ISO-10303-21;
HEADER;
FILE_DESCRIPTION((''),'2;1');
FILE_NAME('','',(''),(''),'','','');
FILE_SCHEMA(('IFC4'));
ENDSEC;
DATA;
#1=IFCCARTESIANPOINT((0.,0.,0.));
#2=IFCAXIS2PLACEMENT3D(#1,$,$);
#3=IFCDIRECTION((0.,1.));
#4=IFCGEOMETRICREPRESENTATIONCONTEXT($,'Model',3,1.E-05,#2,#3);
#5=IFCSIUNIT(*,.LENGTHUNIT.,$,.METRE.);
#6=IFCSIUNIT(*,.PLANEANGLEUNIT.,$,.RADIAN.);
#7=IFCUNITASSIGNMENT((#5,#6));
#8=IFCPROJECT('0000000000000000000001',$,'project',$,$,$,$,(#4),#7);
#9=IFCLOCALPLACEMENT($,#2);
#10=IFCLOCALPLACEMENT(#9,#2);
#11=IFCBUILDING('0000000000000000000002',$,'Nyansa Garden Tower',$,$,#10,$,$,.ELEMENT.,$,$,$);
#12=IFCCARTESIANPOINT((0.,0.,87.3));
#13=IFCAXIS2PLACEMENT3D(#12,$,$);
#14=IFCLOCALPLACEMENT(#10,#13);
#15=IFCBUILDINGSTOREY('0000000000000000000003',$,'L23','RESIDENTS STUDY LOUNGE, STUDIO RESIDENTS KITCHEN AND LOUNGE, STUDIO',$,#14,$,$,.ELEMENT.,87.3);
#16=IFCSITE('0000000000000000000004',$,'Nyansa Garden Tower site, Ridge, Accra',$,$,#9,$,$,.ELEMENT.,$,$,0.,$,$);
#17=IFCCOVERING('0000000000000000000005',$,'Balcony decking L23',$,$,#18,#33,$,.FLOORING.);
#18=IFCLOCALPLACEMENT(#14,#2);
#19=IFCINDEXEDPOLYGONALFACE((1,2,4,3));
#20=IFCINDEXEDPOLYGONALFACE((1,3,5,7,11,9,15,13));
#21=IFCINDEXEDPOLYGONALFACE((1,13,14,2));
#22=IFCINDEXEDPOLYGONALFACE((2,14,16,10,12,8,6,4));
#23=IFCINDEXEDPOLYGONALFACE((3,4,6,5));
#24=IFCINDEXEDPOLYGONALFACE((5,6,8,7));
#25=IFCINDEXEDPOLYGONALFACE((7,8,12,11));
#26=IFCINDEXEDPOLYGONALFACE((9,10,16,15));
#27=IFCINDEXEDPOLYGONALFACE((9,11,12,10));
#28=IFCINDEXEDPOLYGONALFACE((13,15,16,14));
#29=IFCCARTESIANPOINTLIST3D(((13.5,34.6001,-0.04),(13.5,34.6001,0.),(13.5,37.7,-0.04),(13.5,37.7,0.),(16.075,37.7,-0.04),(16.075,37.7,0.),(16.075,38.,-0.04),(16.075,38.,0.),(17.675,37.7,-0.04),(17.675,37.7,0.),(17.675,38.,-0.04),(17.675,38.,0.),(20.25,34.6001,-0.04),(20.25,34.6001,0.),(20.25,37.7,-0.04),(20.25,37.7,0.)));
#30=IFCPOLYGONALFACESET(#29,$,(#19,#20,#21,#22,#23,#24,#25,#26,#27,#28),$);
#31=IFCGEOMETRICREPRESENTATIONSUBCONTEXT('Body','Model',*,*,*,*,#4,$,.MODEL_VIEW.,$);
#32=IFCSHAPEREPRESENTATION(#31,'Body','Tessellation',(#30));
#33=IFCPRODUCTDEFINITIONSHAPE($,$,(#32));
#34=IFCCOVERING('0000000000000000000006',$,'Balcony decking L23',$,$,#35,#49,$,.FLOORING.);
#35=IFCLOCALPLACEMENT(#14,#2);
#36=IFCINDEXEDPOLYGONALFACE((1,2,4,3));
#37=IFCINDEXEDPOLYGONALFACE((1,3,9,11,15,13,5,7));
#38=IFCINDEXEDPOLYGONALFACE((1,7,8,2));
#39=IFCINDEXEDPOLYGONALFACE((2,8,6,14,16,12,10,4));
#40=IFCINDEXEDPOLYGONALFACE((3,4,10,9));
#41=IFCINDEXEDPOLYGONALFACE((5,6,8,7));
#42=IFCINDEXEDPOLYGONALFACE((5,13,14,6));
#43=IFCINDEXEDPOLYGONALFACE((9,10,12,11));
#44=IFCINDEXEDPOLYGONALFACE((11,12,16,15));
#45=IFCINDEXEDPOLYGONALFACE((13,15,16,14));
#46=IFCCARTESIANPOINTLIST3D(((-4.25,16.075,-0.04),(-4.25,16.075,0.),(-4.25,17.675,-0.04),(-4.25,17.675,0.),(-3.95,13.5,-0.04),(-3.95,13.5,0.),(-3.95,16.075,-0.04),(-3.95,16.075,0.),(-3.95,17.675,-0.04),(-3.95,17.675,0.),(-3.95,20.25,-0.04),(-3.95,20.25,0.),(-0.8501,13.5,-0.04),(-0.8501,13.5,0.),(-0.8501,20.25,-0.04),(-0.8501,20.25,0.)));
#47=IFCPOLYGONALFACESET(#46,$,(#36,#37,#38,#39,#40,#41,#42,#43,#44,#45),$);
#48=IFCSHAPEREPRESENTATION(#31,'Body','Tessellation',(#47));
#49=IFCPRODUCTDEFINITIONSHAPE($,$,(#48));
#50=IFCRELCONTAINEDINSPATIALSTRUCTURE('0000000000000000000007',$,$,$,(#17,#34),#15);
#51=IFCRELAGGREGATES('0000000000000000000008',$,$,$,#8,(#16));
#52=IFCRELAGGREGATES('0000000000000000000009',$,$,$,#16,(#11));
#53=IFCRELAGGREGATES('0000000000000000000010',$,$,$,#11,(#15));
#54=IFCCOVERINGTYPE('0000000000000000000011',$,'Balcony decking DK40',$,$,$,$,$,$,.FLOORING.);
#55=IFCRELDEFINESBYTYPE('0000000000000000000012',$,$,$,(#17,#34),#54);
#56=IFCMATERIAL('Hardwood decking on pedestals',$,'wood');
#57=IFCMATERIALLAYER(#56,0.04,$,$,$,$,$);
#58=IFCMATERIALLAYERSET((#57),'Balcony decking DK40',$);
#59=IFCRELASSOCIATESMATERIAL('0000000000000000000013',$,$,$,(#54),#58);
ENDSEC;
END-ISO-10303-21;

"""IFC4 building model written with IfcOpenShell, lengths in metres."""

from ifc_helpers import new_model, si_unit, direction, frame, origin, place, context, subcontext, project, spatial, polyline, outline, extrude, material, layer, layer_set, type_object, element, save


model = new_model("IFC4")

# Units and contexts
model_context = context("Model", 3, precision=1e-05, world=origin(), true_north=direction((0.0, 1.0)))
body_context = subcontext(model_context, "Body", "Model", "MODEL_VIEW")
ifc_project = project(units=[si_unit("LENGTHUNIT", "METRE"), si_unit("PLANEANGLEUNIT", "RADIAN")], contexts=[model_context])

# Site, building, storey
site_placement = place(None, origin())
site = spatial("IfcSite", under=ifc_project, at=site_placement, Name="Nyansa Garden Tower site, Ridge, Accra", CompositionType="ELEMENT", RefElevation=0.0)
building_placement = place(site_placement, origin())
building = spatial("IfcBuilding", under=site, at=building_placement, Name="Nyansa Garden Tower", CompositionType="ELEMENT")
storey_placement = place(building_placement, frame((0.0, 0.0, 87.3)))
storey = spatial("IfcBuildingStorey", under=building, at=storey_placement, Name="L23", Description="RESIDENTS STUDY LOUNGE, STUDIO RESIDENTS KITCHEN AND LOUNGE, STUDIO", CompositionType="ELEMENT", Elevation=87.3)

# Coverings
ifc_material_1 = material(Name="Hardwood decking on pedestals", Category="wood")
ifc_layer_1 = layer(ifc_material_1, 0.04)
ifc_layer_set_1 = layer_set([ifc_layer_1], Name="Balcony decking DK40")
covering_type = type_object("IfcCoveringType", Name="Balcony decking DK40", PredefinedType="FLOORING", material=ifc_layer_set_1)
covering_1_placement = place(storey_placement, frame((0.0, 0.0, -0.04)))
element("IfcCovering", 1, at=covering_1_placement, inside=storey, type_object=covering_type, Name="Balcony decking L23", PredefinedType="FLOORING", context=body_context, shape_type="SweptSolid", body=[
    extrude(outline(polyline([(13.5, 34.6001), (20.25, 34.6001), (20.25, 37.7), (17.675, 37.7), (17.675, 38.0), (16.075, 38.0), (16.075, 37.7), (13.5, 37.7), (13.5, 34.6001)])), origin(), (0.0, 0.0, 1.0), 0.04),
])
covering_2_placement = place(storey_placement, frame((0.0, 0.0, -0.04)))
element("IfcCovering", 2, at=covering_2_placement, inside=storey, type_object=covering_type, Name="Balcony decking L23", PredefinedType="FLOORING", context=body_context, shape_type="SweptSolid", body=[
    extrude(outline(polyline([(-0.8501, 13.5), (-0.8501, 20.25), (-3.95, 20.25), (-3.95, 17.675), (-4.25, 17.675), (-4.25, 16.075), (-3.95, 16.075), (-3.95, 13.5), (-0.8501, 13.5)])), origin(), (0.0, 0.0, 1.0), 0.04),
])

save(model, "model.ifc")
